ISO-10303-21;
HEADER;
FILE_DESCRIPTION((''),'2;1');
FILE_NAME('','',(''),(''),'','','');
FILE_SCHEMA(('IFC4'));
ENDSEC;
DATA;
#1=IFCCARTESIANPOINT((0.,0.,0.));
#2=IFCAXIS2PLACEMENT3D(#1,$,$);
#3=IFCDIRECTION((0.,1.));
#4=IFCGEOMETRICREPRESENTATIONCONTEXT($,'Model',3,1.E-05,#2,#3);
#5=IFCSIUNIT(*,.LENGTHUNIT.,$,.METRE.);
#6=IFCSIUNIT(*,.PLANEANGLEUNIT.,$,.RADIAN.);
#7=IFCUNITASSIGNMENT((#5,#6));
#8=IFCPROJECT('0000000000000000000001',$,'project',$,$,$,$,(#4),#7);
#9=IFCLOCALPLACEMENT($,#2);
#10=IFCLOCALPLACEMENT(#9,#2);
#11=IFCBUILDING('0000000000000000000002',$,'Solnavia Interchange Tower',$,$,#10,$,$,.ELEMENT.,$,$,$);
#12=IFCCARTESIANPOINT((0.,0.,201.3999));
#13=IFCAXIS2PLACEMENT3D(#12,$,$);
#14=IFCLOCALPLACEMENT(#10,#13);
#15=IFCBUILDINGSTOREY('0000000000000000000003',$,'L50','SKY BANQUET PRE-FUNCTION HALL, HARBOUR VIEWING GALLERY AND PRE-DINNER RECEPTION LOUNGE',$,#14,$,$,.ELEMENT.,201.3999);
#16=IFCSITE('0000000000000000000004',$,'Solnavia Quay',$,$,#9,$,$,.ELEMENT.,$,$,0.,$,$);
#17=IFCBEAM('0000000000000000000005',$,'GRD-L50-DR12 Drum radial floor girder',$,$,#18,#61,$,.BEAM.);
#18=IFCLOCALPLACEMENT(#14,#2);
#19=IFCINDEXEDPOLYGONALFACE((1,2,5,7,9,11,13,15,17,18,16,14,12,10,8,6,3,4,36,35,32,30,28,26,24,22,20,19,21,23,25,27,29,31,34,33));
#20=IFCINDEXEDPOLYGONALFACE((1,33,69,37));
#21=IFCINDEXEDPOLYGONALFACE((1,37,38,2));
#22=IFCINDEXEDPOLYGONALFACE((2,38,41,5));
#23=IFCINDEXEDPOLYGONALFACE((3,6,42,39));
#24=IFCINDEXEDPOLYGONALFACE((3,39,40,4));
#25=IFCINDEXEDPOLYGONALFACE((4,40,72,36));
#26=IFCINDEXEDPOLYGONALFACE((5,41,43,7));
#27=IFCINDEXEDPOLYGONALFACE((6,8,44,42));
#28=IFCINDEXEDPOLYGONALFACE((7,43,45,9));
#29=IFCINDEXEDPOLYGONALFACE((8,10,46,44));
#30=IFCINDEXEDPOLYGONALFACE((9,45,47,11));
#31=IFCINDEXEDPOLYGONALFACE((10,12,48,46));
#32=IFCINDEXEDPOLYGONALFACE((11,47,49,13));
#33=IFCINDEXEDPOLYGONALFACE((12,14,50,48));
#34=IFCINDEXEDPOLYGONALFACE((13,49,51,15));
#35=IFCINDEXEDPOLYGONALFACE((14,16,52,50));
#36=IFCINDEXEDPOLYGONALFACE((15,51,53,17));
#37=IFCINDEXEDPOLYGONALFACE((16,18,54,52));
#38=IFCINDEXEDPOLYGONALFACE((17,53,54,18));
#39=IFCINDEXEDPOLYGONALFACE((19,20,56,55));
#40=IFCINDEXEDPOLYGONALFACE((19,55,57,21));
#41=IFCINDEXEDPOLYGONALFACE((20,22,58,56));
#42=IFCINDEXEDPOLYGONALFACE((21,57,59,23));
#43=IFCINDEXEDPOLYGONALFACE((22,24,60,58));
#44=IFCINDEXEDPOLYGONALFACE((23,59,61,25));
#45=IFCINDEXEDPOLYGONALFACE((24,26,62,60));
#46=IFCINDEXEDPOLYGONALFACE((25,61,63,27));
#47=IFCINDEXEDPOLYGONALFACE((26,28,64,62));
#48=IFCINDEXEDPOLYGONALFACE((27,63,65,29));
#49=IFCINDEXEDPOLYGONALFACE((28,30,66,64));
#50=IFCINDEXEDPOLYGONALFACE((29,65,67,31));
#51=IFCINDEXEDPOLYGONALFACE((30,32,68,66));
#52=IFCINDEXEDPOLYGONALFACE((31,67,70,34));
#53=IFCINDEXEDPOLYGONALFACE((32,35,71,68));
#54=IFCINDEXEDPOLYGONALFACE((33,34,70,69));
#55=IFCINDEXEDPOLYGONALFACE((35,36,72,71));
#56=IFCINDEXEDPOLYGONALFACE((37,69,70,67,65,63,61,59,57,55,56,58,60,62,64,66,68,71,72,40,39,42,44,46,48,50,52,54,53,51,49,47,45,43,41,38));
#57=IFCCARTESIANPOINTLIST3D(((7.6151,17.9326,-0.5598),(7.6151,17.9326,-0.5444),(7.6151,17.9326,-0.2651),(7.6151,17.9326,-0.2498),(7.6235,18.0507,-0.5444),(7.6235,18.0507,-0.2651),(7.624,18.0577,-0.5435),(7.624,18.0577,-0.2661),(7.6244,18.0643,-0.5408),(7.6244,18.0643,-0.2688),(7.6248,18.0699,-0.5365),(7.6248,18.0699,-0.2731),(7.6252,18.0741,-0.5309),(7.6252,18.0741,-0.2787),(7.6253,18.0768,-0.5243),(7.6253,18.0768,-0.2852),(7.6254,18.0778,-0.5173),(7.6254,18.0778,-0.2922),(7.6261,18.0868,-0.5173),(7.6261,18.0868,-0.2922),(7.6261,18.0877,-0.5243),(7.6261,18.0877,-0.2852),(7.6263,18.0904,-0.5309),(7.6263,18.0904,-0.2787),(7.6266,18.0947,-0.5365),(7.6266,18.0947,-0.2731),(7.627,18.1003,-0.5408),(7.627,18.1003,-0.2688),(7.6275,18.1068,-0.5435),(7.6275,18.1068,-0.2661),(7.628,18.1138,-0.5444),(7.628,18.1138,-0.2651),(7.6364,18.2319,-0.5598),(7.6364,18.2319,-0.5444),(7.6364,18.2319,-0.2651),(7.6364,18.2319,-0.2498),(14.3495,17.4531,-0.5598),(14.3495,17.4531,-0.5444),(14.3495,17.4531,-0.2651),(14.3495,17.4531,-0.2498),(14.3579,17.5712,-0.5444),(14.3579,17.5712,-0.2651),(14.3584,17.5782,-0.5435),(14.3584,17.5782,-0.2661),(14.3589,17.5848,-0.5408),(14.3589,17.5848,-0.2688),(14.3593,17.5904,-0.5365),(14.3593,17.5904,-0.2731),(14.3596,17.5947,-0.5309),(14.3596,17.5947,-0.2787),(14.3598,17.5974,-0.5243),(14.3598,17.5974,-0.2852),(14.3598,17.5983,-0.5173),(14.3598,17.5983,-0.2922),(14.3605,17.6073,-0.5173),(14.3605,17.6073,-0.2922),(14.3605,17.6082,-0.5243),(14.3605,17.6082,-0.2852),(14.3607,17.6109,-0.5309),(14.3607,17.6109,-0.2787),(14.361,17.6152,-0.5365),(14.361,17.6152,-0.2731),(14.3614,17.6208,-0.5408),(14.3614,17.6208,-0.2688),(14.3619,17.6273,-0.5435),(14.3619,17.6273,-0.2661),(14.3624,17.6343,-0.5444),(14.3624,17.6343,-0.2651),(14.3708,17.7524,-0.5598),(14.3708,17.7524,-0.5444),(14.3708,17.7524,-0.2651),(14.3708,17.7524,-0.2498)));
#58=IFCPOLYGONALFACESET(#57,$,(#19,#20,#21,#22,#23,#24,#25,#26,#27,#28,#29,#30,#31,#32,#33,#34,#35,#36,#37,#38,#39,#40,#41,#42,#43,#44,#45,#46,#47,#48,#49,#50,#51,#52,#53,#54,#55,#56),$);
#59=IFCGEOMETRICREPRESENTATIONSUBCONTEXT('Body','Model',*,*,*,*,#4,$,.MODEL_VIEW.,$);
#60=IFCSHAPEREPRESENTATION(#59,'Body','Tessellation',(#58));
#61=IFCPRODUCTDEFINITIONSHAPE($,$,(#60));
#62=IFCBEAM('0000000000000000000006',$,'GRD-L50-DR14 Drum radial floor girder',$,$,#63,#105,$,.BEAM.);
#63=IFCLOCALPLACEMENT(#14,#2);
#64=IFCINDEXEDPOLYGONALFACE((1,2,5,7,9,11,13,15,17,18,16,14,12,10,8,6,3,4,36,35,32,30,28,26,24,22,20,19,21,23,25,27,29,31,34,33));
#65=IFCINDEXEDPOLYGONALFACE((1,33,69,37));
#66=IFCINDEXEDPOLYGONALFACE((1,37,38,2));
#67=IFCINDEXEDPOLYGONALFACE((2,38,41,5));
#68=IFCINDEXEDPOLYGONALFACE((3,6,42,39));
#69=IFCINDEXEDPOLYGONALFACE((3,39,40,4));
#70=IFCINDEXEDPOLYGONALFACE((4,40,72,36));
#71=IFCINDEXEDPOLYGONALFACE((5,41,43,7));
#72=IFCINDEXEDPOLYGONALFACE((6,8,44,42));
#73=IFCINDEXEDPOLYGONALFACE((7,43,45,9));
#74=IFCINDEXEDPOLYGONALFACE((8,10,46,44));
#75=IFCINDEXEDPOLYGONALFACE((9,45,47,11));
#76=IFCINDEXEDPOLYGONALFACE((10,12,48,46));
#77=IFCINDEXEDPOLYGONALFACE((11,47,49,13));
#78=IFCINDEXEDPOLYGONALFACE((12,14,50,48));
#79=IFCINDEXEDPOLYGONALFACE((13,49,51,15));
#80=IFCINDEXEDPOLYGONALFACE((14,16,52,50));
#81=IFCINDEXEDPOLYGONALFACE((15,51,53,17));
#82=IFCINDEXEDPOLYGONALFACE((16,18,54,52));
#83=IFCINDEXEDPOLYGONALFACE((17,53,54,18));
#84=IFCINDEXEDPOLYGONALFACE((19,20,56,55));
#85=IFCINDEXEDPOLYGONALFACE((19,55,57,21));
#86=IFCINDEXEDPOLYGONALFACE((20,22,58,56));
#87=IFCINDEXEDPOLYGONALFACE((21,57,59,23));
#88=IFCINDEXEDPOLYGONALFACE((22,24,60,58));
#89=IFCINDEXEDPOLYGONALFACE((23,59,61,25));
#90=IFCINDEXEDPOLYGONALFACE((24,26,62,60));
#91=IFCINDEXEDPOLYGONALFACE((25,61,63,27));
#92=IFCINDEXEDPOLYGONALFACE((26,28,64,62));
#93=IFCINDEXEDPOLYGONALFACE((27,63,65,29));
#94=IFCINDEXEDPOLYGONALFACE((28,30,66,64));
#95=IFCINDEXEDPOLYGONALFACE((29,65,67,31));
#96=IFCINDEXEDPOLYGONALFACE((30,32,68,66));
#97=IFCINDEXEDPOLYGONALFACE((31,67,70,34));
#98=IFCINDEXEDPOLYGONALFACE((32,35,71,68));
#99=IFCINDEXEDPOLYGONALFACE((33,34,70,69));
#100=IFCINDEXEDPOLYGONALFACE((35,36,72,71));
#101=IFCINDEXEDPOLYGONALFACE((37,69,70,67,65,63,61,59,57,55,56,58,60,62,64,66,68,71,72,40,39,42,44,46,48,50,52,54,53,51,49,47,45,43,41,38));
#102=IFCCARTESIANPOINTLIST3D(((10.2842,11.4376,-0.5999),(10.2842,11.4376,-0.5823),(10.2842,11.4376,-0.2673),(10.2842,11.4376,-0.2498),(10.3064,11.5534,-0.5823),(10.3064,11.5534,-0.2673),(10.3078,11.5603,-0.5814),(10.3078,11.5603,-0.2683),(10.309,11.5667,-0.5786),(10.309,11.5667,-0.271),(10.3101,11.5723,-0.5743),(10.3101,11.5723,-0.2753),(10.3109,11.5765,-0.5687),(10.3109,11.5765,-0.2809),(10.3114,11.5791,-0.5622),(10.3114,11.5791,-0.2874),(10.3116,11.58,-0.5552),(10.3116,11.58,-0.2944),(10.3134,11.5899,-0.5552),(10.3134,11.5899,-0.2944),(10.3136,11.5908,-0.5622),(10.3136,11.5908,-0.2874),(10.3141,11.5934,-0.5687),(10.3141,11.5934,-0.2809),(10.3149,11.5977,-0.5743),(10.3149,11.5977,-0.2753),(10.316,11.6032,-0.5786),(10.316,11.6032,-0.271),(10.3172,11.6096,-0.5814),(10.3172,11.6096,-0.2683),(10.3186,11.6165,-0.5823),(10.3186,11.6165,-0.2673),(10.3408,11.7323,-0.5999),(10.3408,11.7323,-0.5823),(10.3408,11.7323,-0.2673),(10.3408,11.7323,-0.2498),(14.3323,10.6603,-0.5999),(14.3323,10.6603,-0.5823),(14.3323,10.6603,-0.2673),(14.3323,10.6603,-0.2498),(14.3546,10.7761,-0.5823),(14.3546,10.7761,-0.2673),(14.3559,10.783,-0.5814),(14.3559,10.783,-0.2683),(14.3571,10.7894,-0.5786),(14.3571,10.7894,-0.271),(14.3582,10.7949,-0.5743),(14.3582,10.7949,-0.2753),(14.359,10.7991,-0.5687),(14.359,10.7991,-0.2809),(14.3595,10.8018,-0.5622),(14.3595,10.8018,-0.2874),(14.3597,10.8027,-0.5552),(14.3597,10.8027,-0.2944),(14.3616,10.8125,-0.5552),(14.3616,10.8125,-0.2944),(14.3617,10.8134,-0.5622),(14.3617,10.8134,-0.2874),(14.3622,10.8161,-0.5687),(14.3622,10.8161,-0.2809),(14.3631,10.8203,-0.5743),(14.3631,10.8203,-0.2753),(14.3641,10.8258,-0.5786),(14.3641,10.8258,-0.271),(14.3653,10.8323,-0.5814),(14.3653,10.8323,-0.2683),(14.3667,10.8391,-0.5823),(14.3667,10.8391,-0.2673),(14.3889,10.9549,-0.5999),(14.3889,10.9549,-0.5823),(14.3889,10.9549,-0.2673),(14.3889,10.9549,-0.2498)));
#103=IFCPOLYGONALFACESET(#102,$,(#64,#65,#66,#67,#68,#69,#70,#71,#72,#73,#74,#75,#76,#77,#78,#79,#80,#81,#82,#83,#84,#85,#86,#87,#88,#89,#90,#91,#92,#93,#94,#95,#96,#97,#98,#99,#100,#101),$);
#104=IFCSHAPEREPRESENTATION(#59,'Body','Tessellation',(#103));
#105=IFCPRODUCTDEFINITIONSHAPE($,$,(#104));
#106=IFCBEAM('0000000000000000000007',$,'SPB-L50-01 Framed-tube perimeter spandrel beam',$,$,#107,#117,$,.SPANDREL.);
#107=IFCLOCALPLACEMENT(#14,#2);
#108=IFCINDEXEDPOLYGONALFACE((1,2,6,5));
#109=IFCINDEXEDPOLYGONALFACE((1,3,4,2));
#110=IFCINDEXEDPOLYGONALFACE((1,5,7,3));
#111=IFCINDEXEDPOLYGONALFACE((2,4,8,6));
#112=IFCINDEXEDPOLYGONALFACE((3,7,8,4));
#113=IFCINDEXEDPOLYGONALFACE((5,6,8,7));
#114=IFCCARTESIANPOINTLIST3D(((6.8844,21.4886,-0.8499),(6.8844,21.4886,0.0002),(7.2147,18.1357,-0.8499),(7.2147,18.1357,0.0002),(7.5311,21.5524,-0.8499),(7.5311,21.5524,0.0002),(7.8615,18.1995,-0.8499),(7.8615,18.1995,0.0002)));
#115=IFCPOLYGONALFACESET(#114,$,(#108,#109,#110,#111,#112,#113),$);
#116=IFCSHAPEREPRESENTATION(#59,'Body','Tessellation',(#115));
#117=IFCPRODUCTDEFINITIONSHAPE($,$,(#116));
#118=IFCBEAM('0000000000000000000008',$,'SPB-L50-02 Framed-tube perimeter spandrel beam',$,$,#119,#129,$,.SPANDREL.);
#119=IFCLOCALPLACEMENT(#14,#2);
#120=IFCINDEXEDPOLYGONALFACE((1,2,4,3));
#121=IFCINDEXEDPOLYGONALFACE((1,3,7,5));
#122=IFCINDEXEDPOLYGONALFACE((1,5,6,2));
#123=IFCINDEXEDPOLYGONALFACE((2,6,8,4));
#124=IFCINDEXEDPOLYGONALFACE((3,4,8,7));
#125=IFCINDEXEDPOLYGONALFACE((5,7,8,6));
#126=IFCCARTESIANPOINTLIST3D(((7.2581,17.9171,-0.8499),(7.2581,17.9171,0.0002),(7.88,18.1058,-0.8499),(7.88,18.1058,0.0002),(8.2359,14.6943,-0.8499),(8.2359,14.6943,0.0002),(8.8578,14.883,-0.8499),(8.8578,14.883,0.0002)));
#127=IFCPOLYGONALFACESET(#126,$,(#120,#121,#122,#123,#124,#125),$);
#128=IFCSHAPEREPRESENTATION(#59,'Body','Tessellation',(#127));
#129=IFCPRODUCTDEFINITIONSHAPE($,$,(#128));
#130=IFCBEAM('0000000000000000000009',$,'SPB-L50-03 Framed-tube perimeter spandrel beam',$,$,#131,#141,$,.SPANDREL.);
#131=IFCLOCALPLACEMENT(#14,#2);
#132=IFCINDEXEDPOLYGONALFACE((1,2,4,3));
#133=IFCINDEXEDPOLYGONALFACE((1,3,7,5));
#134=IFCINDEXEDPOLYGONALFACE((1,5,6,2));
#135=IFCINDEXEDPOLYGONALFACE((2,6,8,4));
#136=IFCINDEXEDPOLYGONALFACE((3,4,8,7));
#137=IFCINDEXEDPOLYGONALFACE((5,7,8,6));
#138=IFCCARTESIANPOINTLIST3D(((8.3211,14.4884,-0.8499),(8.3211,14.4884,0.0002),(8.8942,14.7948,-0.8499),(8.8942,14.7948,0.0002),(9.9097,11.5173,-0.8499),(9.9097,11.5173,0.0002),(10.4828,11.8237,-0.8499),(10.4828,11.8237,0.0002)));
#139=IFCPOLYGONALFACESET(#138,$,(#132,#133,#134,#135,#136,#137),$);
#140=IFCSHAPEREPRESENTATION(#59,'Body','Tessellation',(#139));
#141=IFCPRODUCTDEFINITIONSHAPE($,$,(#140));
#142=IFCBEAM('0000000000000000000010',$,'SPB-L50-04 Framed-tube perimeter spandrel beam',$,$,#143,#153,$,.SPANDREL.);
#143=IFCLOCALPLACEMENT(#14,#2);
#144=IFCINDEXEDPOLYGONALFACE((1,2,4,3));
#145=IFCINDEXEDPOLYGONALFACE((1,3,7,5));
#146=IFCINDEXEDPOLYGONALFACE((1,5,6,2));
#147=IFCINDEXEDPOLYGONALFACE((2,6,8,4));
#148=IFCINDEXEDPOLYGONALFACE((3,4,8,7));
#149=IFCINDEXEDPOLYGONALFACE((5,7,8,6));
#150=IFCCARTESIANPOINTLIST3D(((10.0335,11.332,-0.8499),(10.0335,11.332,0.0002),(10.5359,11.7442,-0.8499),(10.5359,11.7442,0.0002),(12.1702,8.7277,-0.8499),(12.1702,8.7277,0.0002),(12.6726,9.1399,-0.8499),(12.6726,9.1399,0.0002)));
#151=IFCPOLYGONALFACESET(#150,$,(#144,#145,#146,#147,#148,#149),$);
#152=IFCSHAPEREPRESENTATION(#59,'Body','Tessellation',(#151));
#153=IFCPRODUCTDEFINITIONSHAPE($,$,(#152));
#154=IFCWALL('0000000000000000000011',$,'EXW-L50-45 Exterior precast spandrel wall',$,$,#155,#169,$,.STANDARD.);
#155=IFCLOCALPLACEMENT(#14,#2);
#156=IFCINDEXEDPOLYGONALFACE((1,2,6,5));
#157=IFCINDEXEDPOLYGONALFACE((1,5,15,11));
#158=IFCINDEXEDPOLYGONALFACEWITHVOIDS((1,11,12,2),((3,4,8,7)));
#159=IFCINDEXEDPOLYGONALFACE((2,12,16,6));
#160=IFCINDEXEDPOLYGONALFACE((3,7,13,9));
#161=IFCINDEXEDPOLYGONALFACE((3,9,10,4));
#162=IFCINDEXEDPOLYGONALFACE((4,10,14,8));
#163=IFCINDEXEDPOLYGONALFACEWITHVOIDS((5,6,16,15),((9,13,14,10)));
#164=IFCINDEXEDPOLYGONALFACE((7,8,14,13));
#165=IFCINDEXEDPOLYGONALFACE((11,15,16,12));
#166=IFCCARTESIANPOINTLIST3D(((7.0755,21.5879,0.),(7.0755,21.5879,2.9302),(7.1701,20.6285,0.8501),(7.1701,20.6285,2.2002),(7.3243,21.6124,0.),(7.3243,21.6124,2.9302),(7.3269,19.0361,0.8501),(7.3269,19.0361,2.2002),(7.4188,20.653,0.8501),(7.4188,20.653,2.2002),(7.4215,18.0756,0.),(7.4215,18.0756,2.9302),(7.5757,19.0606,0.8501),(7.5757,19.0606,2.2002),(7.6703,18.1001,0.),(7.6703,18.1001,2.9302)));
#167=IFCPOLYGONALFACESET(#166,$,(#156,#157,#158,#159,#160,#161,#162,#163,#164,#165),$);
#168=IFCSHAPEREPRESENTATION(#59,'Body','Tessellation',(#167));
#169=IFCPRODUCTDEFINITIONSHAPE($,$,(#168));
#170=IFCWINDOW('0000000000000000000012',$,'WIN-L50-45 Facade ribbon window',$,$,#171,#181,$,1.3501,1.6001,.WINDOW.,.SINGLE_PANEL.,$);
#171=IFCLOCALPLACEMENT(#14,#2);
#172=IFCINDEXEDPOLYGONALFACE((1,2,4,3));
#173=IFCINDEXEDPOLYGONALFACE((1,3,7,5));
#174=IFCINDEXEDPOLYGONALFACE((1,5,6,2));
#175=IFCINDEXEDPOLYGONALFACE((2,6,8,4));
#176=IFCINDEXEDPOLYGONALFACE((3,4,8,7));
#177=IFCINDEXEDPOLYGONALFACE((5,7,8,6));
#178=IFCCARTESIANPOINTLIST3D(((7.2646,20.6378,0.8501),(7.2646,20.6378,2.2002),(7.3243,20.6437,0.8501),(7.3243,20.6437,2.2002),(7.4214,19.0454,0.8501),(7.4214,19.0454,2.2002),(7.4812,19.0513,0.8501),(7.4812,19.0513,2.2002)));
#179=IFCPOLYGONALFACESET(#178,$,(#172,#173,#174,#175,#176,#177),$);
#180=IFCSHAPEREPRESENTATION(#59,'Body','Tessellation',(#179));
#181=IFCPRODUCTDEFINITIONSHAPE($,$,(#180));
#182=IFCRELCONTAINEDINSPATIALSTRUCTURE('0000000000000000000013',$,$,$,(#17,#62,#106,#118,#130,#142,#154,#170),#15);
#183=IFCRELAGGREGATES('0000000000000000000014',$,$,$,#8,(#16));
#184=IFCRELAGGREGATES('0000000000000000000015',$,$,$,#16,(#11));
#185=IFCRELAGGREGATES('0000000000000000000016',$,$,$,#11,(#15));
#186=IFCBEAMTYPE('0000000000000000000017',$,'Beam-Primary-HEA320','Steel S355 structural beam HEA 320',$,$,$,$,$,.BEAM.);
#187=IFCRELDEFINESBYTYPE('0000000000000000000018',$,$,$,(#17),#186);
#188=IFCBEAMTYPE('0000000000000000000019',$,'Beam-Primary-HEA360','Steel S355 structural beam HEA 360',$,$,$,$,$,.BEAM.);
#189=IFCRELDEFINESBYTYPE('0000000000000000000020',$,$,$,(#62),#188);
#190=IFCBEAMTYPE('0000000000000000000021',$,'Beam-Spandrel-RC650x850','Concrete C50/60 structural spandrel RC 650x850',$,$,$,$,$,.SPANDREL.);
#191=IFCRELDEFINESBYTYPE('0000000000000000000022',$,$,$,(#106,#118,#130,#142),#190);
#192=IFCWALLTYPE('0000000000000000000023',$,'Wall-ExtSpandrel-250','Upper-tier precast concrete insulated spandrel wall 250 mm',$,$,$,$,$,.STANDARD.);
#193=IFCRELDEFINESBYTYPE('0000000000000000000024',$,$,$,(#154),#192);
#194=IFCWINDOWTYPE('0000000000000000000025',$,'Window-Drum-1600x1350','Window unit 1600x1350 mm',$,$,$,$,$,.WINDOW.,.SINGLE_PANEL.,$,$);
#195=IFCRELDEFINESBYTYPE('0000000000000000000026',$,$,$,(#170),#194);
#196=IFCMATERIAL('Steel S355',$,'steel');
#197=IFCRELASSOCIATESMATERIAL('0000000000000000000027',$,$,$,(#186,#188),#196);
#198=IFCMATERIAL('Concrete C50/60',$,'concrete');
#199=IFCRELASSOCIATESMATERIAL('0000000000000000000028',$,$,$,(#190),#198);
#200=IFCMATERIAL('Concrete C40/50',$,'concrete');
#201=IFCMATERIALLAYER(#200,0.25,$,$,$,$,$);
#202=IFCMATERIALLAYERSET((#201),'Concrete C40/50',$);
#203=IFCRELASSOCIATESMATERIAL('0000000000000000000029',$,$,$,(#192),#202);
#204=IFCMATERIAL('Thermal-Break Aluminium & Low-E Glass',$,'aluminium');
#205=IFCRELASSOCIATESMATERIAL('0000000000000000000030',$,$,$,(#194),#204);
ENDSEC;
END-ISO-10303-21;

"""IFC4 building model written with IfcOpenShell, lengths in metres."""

from ifc_helpers import new_model, si_unit, direction, frame, frame_2d, origin, origin_2d, place, context, subcontext, project, spatial, rectangle, i_section, extrude, material, layer, layer_set, material_profile, profile_set, type_object, element, fill, save


model = new_model("IFC4")

# Units and contexts
model_context = context("Model", 3, precision=1e-05, world=origin(), true_north=direction((0.0, 1.0)))
body_context = subcontext(model_context, "Body", "Model", "MODEL_VIEW")
ifc_project = project(units=[si_unit("LENGTHUNIT", "METRE"), si_unit("PLANEANGLEUNIT", "RADIAN")], contexts=[model_context])

# Site, building, storey
site_placement = place(None, origin())
site = spatial("IfcSite", under=ifc_project, at=site_placement, Name="Solnavia Quay", CompositionType="ELEMENT", RefElevation=0.0)
building_placement = place(site_placement, origin())
building = spatial("IfcBuilding", under=site, at=building_placement, Name="Solnavia Interchange Tower", CompositionType="ELEMENT")
storey_placement = place(building_placement, frame((0.0, 0.0, 201.3999)))
storey = spatial("IfcBuildingStorey", under=building, at=storey_placement, Name="L50", Description="SKY BANQUET PRE-FUNCTION HALL, HARBOUR VIEWING GALLERY AND PRE-DINNER RECEPTION LOUNGE", CompositionType="ELEMENT", Elevation=201.3999)

# Shared definitions
ifc_material_1 = material(Name="Concrete C50/60", Category="concrete")

# Beams
ifc_material_2 = material(Name="Steel S355", Category="steel")
ifc_material_profile_1 = material_profile(ifc_material_2, i_section(OverallWidth=0.3, OverallDepth=0.3101, WebThickness=0.009, FlangeThickness=0.0154, FilletRadius=0.0271, at=origin_2d()), Name="HEA 320")
ifc_profile_set_1 = profile_set([ifc_material_profile_1], Name="Steel S355")
beam_type_1 = type_object("IfcBeamType", Name="Beam-Primary-HEA320", Description="Steel S355 structural beam HEA 320", PredefinedType="BEAM", material=ifc_profile_set_1)
beam_1_placement = place(storey_placement, frame((7.6257, 18.0823, -0.4048), z_axis=(0.997475, -0.071021, 0.0), x_axis=(0.071021, 0.997475, 0.0)))
element("IfcBeam", 1, at=beam_1_placement, inside=storey, type_object=beam_type_1, Name="GRD-L50-DR12 Drum radial floor girder", PredefinedType="BEAM", context=body_context, shape_type="SweptSolid", body=[
    extrude(i_section(OverallWidth=0.3, OverallDepth=0.3101, WebThickness=0.009, FlangeThickness=0.0154, FilletRadius=0.0271, at=origin_2d()), origin(), (0.0, 0.0, 1.0), 6.7515),
])
ifc_material_profile_2 = material_profile(ifc_material_2, i_section(OverallWidth=0.3, OverallDepth=0.3501, WebThickness=0.01, FlangeThickness=0.0176, FilletRadius=0.0271, at=origin_2d()), Name="HEA 360")
ifc_profile_set_2 = profile_set([ifc_material_profile_2], Name="Steel S355")
beam_type_2 = type_object("IfcBeamType", Name="Beam-Primary-HEA360", Description="Steel S355 structural beam HEA 360", PredefinedType="BEAM", material=ifc_profile_set_2)
beam_2_placement = place(storey_placement, frame((10.3125, 11.585, -0.4248), z_axis=(0.982058, -0.188582, 0.0), x_axis=(0.188582, 0.982058, 0.0)))
element("IfcBeam", 2, at=beam_2_placement, inside=storey, type_object=beam_type_2, Name="GRD-L50-DR14 Drum radial floor girder", PredefinedType="BEAM", context=body_context, shape_type="SweptSolid", body=[
    extrude(i_section(OverallWidth=0.3, OverallDepth=0.3501, WebThickness=0.01, FlangeThickness=0.0176, FilletRadius=0.0271, at=origin_2d()), origin(), (0.0, 0.0, 1.0), 4.1221),
])
ifc_material_profile_3 = material_profile(ifc_material_1, rectangle(XDim=0.6499, YDim=0.8501, at=origin_2d()), Name="RC 650x850")
ifc_profile_set_3 = profile_set([ifc_material_profile_3], Name="Concrete C50/60")
beam_type_3 = type_object("IfcBeamType", Name="Beam-Spandrel-RC650x850", Description="Concrete C50/60 structural spandrel RC 650x850", PredefinedType="SPANDREL", material=ifc_profile_set_3)
beam_3_placement = place(storey_placement, frame((7.2078, 21.5205, -0.4248), z_axis=(0.09804, -0.995182, 0.0), x_axis=(0.995182, 0.09804, 0.0)))
element("IfcBeam", 3, at=beam_3_placement, inside=storey, type_object=beam_type_3, Name="SPB-L50-01 Framed-tube perimeter spandrel beam", PredefinedType="SPANDREL", context=body_context, shape_type="SweptSolid", body=[
    extrude(rectangle(XDim=0.6499, YDim=0.8501, at=origin_2d()), origin(), (0.0, 0.0, 1.0), 3.3691),
])
beam_4_placement = place(storey_placement, frame((7.5691, 18.0115, -0.4248), z_axis=(0.290319, -0.95693, 0.0), x_axis=(0.95693, 0.290319, 0.0)))
element("IfcBeam", 4, at=beam_4_placement, inside=storey, type_object=beam_type_3, Name="SPB-L50-02 Framed-tube perimeter spandrel beam", PredefinedType="SPANDREL", context=body_context, shape_type="SweptSolid", body=[
    extrude(rectangle(XDim=0.6499, YDim=0.8501, at=origin_2d()), origin(), (0.0, 0.0, 1.0), 3.3679),
])
beam_5_placement = place(storey_placement, frame((8.6077, 14.6416, -0.4248), z_axis=(0.471509, -0.881861, 0.0), x_axis=(0.881861, 0.471509, 0.0)))
element("IfcBeam", 5, at=beam_5_placement, inside=storey, type_object=beam_type_3, Name="SPB-L50-03 Framed-tube perimeter spandrel beam", PredefinedType="SPANDREL", context=body_context, shape_type="SweptSolid", body=[
    extrude(rectangle(XDim=0.6499, YDim=0.8501, at=origin_2d()), origin(), (0.0, 0.0, 1.0), 3.3691),
])
beam_6_placement = place(storey_placement, frame((10.2847, 11.5381, -0.4248), z_axis=(0.634299, -0.773088, 0.0), x_axis=(0.773088, 0.634299, 0.0)))
element("IfcBeam", 6, at=beam_6_placement, inside=storey, type_object=beam_type_3, Name="SPB-L50-04 Framed-tube perimeter spandrel beam", PredefinedType="SPANDREL", context=body_context, shape_type="SweptSolid", body=[
    extrude(rectangle(XDim=0.6499, YDim=0.8501, at=origin_2d()), origin(), (0.0, 0.0, 1.0), 3.3687),
])

# Wall, opening, window
ifc_material_3 = material(Name="Concrete C40/50", Category="concrete")
ifc_layer_1 = layer(ifc_material_3, 0.25)
ifc_layer_set_1 = layer_set([ifc_layer_1], Name="Concrete C40/50")
wall_type_1 = type_object("IfcWallType", Name="Wall-ExtSpandrel-250", Description="Upper-tier precast concrete insulated spandrel wall 250 mm", PredefinedType="STANDARD", material=ifc_layer_set_1)
wall_1_placement = place(storey_placement, frame((7.5459, 18.0879, 0.0), z_axis=(0.0, 0.0, 1.0), x_axis=(-0.098024, 0.995184, 0.0)))
wall_1 = element("IfcWall", 7, at=wall_1_placement, inside=storey, type_object=wall_type_1, Name="EXW-L50-45 Exterior precast spandrel wall", PredefinedType="STANDARD", context=body_context, shape_type="SweptSolid", body=[
    extrude(rectangle(XDim=3.5293, YDim=0.25, at=frame_2d((1.7646, 0.0))), origin(), (0.0, 0.0, 1.0), 2.9302),
])
opening_1_placement = place(wall_1_placement, frame((0.9651, 0.0, 0.8501)))
opening_1 = element("IfcOpeningElement", 8, at=opening_1_placement, cuts=wall_1, PredefinedType="OPENING", context=body_context, shape_type="SweptSolid", body=[
    extrude(rectangle(XDim=1.6001, YDim=1.3501, at=frame_2d((0.8, 0.675))), frame((0.0, 0.135, 0.0), z_axis=(0.0, -1.0, 0.0), x_axis=(1.0, 0.0, 0.0)), (0.0, 0.0, 1.0), 0.27),
])
ifc_material_4 = material(Name="Thermal-Break Aluminium & Low-E Glass", Category="aluminium")
window_type = type_object("IfcWindowType", Name="Window-Drum-1600x1350", Description="Window unit 1600x1350 mm", PartitioningType="SINGLE_PANEL", PredefinedType="WINDOW", material=ifc_material_4)
window_1_placement = place(opening_1_placement, origin())
window_1 = element("IfcWindow", 9, at=window_1_placement, inside=storey, type_object=window_type, Name="WIN-L50-45 Facade ribbon window", OverallHeight=1.3501, OverallWidth=1.6001, PartitioningType="SINGLE_PANEL", PredefinedType="WINDOW", context=body_context, shape_type="SweptSolid", body=[
    extrude(rectangle(XDim=1.6001, YDim=1.3501, at=frame_2d((0.8, 0.675))), frame((0.0, 0.03, 0.0), z_axis=(0.0, -1.0, 0.0), x_axis=(1.0, 0.0, 0.0)), (0.0, 0.0, 1.0), 0.0601),
])
fill(opening_1, window_1)

save(model, "model.ifc")
